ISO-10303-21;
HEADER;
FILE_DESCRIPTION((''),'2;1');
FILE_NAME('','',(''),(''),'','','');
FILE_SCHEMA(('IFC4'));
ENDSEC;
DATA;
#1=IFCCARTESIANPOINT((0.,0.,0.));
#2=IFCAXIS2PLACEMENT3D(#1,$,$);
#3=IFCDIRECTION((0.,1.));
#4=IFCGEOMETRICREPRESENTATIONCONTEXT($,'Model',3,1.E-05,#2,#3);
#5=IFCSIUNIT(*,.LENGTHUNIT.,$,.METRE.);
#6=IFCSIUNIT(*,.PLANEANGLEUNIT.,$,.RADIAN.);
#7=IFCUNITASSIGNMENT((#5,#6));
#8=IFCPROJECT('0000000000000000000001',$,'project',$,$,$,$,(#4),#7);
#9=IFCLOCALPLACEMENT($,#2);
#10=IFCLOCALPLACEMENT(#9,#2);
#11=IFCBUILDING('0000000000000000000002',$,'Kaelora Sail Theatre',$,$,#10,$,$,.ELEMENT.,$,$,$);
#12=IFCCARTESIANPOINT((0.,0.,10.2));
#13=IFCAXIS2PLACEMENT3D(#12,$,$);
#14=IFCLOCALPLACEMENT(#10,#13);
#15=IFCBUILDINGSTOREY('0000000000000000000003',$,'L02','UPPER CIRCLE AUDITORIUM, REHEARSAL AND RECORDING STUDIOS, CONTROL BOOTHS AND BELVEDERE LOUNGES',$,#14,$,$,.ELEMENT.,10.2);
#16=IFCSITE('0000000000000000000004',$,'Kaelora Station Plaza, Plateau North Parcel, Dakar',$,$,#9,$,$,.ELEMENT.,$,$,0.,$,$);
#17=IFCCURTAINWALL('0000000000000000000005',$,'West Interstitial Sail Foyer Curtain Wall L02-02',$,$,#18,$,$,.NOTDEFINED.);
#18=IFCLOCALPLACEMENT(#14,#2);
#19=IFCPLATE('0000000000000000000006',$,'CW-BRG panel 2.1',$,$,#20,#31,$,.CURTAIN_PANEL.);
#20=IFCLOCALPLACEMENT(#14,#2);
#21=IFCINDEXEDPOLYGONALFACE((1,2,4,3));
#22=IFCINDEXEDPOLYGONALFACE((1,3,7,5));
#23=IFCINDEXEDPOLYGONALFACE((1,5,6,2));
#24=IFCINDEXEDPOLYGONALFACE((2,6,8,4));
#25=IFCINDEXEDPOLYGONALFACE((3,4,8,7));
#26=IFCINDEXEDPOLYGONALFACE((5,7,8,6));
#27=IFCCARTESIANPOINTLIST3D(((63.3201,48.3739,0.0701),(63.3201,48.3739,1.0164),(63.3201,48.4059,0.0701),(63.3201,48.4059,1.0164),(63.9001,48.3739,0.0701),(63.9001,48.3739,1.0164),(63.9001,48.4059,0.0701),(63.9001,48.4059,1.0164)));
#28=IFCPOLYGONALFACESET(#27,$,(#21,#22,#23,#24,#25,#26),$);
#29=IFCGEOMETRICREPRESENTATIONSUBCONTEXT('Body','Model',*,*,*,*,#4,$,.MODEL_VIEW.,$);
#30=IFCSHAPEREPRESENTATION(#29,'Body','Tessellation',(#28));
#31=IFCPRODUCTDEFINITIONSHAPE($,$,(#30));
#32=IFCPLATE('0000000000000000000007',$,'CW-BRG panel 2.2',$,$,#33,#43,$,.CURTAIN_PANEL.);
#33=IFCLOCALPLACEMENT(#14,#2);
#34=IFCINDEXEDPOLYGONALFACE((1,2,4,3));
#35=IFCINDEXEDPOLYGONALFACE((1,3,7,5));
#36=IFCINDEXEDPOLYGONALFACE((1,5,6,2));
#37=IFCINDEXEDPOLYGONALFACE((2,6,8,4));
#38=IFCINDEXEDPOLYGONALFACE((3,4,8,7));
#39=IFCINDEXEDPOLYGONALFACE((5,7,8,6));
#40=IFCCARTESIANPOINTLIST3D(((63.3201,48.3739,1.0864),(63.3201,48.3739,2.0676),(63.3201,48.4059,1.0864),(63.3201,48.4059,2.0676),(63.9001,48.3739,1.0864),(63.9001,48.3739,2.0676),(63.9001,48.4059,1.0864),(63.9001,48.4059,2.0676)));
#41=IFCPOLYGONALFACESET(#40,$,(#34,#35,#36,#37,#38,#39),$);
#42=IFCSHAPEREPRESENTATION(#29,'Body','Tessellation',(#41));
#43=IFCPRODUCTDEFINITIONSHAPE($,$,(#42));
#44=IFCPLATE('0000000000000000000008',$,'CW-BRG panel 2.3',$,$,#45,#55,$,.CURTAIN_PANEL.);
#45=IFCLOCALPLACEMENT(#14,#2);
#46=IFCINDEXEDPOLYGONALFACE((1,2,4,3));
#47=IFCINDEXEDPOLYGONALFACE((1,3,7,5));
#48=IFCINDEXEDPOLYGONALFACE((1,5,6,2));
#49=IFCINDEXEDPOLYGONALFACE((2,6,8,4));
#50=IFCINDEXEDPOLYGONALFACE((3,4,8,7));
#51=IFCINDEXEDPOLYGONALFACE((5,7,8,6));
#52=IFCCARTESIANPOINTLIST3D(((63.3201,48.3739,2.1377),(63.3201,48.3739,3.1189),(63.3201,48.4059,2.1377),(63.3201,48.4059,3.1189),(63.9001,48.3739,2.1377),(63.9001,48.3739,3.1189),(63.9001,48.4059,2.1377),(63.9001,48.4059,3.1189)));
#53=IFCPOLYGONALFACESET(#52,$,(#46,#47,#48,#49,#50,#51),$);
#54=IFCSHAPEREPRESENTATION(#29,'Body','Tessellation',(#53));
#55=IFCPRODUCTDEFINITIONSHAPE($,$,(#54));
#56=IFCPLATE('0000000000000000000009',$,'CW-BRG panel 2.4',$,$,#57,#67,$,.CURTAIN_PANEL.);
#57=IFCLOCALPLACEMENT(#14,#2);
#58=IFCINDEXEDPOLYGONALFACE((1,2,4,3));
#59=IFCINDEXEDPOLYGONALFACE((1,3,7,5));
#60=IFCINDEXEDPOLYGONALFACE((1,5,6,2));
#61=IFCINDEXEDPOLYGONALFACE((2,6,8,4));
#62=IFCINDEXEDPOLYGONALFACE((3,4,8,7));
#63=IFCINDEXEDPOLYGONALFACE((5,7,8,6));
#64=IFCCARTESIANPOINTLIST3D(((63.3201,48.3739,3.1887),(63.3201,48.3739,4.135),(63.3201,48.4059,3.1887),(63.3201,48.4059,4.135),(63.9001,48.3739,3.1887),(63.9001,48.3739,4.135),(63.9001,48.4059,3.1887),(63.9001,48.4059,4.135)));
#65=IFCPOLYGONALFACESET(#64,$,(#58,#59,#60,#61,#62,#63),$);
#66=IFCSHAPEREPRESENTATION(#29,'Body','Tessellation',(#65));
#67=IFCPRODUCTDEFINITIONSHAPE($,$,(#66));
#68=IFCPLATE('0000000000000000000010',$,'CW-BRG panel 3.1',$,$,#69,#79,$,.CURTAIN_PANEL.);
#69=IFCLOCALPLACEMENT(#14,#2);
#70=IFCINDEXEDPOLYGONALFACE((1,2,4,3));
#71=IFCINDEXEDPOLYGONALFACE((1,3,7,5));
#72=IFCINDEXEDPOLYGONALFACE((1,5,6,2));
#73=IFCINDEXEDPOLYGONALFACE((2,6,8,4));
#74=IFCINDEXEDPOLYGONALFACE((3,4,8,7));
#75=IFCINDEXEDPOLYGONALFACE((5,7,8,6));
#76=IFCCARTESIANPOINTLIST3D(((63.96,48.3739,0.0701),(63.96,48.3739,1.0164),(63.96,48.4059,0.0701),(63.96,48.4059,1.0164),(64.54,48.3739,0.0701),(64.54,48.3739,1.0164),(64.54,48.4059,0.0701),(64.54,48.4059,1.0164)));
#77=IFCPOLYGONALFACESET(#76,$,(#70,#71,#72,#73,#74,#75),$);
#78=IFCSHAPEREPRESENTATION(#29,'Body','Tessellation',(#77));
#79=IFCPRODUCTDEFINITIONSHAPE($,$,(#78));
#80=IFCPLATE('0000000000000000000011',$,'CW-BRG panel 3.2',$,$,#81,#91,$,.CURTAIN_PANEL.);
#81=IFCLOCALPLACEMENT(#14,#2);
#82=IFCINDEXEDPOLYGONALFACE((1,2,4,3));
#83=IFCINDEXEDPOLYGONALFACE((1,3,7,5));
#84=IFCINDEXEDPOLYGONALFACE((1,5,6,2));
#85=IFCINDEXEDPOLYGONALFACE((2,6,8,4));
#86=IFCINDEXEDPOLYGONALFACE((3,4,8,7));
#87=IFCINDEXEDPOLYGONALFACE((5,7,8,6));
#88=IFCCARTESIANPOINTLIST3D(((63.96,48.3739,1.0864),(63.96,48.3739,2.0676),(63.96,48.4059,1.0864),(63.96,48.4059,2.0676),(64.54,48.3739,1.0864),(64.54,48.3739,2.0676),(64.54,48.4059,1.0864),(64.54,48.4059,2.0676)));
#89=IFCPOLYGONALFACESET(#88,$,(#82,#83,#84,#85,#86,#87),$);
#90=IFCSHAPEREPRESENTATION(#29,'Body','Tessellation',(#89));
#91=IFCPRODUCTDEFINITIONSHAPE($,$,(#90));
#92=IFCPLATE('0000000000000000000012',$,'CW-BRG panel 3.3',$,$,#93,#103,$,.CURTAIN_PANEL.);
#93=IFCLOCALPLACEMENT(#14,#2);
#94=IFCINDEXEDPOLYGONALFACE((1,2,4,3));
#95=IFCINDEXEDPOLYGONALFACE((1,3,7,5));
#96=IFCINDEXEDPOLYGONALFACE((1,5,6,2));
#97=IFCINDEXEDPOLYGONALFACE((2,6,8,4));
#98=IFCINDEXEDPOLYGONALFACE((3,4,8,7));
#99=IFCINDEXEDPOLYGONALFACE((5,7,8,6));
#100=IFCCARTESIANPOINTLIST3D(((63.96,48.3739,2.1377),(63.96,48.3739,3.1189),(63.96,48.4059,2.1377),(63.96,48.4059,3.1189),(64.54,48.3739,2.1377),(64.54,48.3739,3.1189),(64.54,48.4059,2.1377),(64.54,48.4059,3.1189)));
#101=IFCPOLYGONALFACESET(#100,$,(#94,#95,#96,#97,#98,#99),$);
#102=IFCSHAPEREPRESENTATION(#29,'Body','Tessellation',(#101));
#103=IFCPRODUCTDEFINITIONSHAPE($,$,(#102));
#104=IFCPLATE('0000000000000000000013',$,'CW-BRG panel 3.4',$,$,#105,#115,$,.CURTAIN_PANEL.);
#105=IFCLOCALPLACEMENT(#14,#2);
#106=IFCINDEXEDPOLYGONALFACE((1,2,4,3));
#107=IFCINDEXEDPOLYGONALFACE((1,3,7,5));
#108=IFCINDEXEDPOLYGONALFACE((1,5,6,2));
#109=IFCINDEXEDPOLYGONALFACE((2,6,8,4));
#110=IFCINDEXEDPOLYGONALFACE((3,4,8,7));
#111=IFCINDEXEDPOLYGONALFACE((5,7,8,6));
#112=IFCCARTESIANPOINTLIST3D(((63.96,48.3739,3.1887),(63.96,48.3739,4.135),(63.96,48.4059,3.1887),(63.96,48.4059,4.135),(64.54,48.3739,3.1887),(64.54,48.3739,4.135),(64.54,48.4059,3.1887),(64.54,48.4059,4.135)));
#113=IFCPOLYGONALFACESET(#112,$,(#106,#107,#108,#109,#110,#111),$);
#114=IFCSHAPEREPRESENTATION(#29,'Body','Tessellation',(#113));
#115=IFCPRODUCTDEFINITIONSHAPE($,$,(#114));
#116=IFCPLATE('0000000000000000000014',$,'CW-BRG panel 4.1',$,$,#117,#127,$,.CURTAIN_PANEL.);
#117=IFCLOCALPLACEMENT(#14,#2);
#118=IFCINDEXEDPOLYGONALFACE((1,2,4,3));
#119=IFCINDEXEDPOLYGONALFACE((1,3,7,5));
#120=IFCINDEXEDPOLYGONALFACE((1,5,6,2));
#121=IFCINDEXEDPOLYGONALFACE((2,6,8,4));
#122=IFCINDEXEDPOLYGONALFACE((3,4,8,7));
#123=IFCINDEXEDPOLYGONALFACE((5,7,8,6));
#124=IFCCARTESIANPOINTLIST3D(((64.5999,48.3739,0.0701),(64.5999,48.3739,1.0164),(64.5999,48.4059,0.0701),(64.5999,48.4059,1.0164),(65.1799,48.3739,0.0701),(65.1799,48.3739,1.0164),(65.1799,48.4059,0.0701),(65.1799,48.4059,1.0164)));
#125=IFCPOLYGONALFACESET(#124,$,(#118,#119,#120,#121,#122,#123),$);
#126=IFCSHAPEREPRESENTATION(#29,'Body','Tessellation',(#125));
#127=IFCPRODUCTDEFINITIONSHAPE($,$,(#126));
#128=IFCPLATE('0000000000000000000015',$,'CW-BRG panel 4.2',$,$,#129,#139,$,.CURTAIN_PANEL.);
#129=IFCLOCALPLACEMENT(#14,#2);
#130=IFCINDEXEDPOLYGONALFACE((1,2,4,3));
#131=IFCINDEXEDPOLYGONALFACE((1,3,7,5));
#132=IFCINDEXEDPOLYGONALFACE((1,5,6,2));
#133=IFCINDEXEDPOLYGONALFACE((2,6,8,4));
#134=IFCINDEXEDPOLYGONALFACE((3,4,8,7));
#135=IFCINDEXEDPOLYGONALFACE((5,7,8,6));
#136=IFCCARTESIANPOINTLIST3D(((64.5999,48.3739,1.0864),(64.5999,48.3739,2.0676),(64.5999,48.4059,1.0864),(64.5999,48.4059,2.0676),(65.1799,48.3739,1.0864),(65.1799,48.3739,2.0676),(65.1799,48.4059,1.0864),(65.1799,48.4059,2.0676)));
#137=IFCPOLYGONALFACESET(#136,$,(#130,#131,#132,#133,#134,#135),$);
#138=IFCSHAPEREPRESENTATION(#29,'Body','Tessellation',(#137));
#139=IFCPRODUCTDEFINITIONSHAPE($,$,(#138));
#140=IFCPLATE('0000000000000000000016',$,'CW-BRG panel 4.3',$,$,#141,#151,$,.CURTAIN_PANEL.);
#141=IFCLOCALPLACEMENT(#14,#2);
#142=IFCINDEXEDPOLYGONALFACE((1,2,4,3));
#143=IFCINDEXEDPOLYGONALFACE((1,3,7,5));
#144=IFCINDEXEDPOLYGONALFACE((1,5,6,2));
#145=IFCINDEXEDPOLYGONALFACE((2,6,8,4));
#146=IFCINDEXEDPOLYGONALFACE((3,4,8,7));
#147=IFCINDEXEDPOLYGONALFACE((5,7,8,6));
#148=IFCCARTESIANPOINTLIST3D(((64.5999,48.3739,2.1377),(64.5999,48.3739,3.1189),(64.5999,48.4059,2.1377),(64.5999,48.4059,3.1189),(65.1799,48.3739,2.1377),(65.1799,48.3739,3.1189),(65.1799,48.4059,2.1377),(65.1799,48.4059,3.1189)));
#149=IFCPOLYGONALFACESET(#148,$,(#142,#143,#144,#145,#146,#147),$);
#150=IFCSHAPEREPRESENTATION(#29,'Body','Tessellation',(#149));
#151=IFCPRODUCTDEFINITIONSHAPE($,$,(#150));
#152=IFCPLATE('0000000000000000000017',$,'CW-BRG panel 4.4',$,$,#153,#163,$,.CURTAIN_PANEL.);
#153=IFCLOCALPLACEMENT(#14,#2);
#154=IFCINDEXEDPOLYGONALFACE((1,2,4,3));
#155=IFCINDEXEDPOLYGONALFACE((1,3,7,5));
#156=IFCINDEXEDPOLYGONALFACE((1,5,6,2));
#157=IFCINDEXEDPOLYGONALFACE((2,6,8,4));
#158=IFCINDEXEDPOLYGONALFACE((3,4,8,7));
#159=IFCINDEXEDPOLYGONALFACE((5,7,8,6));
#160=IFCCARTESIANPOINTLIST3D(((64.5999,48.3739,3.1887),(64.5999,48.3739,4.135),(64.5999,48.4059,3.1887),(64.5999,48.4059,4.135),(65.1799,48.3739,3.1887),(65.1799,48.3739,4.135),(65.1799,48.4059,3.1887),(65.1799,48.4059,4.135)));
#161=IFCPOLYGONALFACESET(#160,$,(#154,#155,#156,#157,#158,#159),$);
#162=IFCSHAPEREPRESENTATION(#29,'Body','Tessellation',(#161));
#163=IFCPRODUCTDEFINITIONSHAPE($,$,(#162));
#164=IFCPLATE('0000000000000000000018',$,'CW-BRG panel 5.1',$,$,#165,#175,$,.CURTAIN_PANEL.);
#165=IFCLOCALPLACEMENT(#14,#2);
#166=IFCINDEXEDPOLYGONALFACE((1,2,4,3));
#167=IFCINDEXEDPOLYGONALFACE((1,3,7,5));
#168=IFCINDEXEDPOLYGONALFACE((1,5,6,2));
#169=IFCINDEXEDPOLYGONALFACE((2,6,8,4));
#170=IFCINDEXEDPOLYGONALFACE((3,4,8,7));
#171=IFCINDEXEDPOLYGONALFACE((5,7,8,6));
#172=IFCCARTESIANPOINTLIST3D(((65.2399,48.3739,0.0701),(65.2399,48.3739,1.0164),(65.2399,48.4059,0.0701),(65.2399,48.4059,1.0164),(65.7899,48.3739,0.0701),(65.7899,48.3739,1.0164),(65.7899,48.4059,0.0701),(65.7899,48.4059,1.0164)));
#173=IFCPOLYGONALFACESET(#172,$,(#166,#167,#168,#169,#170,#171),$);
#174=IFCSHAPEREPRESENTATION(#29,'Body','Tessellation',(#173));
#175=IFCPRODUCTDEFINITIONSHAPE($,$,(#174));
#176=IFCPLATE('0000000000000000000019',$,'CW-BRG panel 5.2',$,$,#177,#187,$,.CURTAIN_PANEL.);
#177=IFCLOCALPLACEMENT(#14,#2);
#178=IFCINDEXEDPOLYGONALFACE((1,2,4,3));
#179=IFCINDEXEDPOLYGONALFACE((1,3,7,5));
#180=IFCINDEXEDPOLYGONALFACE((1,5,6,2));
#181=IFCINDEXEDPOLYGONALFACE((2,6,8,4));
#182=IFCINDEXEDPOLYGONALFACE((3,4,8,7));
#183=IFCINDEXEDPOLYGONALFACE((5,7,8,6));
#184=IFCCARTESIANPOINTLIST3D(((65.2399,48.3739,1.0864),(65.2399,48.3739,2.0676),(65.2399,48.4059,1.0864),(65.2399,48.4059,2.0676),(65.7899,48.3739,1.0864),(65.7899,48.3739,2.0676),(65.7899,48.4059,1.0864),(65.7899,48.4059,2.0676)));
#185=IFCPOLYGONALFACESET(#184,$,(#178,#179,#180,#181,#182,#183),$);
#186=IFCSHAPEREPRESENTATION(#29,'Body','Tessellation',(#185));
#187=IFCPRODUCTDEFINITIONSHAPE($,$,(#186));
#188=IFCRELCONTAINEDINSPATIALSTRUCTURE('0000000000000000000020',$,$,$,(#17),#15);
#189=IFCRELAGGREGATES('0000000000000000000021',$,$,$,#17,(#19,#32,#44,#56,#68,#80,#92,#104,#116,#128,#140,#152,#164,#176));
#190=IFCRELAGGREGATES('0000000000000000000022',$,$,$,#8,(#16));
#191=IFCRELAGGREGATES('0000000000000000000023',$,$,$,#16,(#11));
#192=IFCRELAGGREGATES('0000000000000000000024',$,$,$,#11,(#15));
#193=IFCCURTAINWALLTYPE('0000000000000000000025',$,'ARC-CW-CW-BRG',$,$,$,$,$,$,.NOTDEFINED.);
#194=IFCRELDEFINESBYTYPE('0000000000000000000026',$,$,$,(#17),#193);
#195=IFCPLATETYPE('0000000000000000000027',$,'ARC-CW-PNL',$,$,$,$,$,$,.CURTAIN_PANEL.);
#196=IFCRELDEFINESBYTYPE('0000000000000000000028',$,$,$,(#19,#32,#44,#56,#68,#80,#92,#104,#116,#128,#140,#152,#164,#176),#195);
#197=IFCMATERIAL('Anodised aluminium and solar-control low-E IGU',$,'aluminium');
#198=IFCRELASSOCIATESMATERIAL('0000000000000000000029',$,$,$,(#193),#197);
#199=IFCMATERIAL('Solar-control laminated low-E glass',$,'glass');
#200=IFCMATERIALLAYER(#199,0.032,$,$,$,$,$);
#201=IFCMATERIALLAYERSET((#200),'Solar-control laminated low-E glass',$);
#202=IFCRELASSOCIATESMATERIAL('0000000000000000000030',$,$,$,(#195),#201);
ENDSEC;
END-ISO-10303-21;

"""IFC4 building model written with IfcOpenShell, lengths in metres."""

from ifc_helpers import new_model, si_unit, direction, frame, origin, origin_2d, place, context, subcontext, project, spatial, rectangle, extrude, material, layer, layer_set, type_object, element, aggregate, save


model = new_model("IFC4")

# Units and contexts
model_context = context("Model", 3, precision=1e-05, world=origin(), true_north=direction((0.0, 1.0)))
body_context = subcontext(model_context, "Body", "Model", "MODEL_VIEW")
ifc_project = project(units=[si_unit("LENGTHUNIT", "METRE"), si_unit("PLANEANGLEUNIT", "RADIAN")], contexts=[model_context])

# Site, building, storey
site_placement = place(None, origin())
site = spatial("IfcSite", under=ifc_project, at=site_placement, Name="Kaelora Station Plaza, Plateau North Parcel, Dakar", CompositionType="ELEMENT", RefElevation=0.0)
building_placement = place(site_placement, origin())
building = spatial("IfcBuilding", under=site, at=building_placement, Name="Kaelora Sail Theatre", CompositionType="ELEMENT")
storey_placement = place(building_placement, frame((0.0, 0.0, 10.2)))
storey = spatial("IfcBuildingStorey", under=building, at=storey_placement, Name="L02", Description="UPPER CIRCLE AUDITORIUM, REHEARSAL AND RECORDING STUDIOS, CONTROL BOOTHS AND BELVEDERE LOUNGES", CompositionType="ELEMENT", Elevation=10.2)

# Curtain wall
ifc_material_1 = material(Name="Anodised aluminium and solar-control low-E IGU", Category="aluminium")
curtain_wall_type = type_object("IfcCurtainWallType", Name="ARC-CW-CW-BRG", PredefinedType="NOTDEFINED", material=ifc_material_1)
curtain_wall_placement = place(storey_placement, origin())
curtain_wall = element("IfcCurtainWall", 1, at=curtain_wall_placement, inside=storey, type_object=curtain_wall_type, Name="West Interstitial Sail Foyer Curtain Wall L02-02", PredefinedType="NOTDEFINED")

# Plates
ifc_material_2 = material(Name="Solar-control laminated low-E glass", Category="glass")
ifc_layer = layer(ifc_material_2, 0.032)
ifc_layer_set = layer_set([ifc_layer], Name="Solar-control laminated low-E glass")
plate_type = type_object("IfcPlateType", Name="ARC-CW-PNL", PredefinedType="CURTAIN_PANEL", material=ifc_layer_set)
plate_1_placement = place(storey_placement, frame((63.6101, 48.3899, 0.0701), z_axis=(0.0, 0.0, 1.0), x_axis=(1.0, 0.0, 0.0)))
plate_1 = element("IfcPlate", 2, at=plate_1_placement, type_object=plate_type, Name="CW-BRG panel 2.1", PredefinedType="CURTAIN_PANEL", context=body_context, shape_type="SweptSolid", body=[
    extrude(rectangle(XDim=0.5801, YDim=0.032, at=origin_2d()), origin(), (0.0, 0.0, 1.0), 0.9463),
])
plate_2_placement = place(storey_placement, frame((63.6101, 48.3899, 1.0864), z_axis=(0.0, 0.0, 1.0), x_axis=(1.0, 0.0, 0.0)))
plate_2 = element("IfcPlate", 3, at=plate_2_placement, type_object=plate_type, Name="CW-BRG panel 2.2", PredefinedType="CURTAIN_PANEL", context=body_context, shape_type="SweptSolid", body=[
    extrude(rectangle(XDim=0.5801, YDim=0.032, at=origin_2d()), origin(), (0.0, 0.0, 1.0), 0.9812),
])
plate_3_placement = place(storey_placement, frame((63.6101, 48.3899, 2.1377), z_axis=(0.0, 0.0, 1.0), x_axis=(1.0, 0.0, 0.0)))
plate_3 = element("IfcPlate", 4, at=plate_3_placement, type_object=plate_type, Name="CW-BRG panel 2.3", PredefinedType="CURTAIN_PANEL", context=body_context, shape_type="SweptSolid", body=[
    extrude(rectangle(XDim=0.5801, YDim=0.032, at=origin_2d()), origin(), (0.0, 0.0, 1.0), 0.9812),
])
plate_4_placement = place(storey_placement, frame((63.6101, 48.3899, 3.1887), z_axis=(0.0, 0.0, 1.0), x_axis=(1.0, 0.0, 0.0)))
plate_4 = element("IfcPlate", 5, at=plate_4_placement, type_object=plate_type, Name="CW-BRG panel 2.4", PredefinedType="CURTAIN_PANEL", context=body_context, shape_type="SweptSolid", body=[
    extrude(rectangle(XDim=0.5801, YDim=0.032, at=origin_2d()), origin(), (0.0, 0.0, 1.0), 0.9463),
])
plate_5_placement = place(storey_placement, frame((64.25, 48.3899, 0.0701), z_axis=(0.0, 0.0, 1.0), x_axis=(1.0, 0.0, 0.0)))
plate_5 = element("IfcPlate", 6, at=plate_5_placement, type_object=plate_type, Name="CW-BRG panel 3.1", PredefinedType="CURTAIN_PANEL", context=body_context, shape_type="SweptSolid", body=[
    extrude(rectangle(XDim=0.5801, YDim=0.032, at=origin_2d()), origin(), (0.0, 0.0, 1.0), 0.9463),
])
plate_6_placement = place(storey_placement, frame((64.25, 48.3899, 1.0864), z_axis=(0.0, 0.0, 1.0), x_axis=(1.0, 0.0, 0.0)))
plate_6 = element("IfcPlate", 7, at=plate_6_placement, type_object=plate_type, Name="CW-BRG panel 3.2", PredefinedType="CURTAIN_PANEL", context=body_context, shape_type="SweptSolid", body=[
    extrude(rectangle(XDim=0.5801, YDim=0.032, at=origin_2d()), origin(), (0.0, 0.0, 1.0), 0.9812),
])
plate_7_placement = place(storey_placement, frame((64.25, 48.3899, 2.1377), z_axis=(0.0, 0.0, 1.0), x_axis=(1.0, 0.0, 0.0)))
plate_7 = element("IfcPlate", 8, at=plate_7_placement, type_object=plate_type, Name="CW-BRG panel 3.3", PredefinedType="CURTAIN_PANEL", context=body_context, shape_type="SweptSolid", body=[
    extrude(rectangle(XDim=0.5801, YDim=0.032, at=origin_2d()), origin(), (0.0, 0.0, 1.0), 0.9812),
])
plate_8_placement = place(storey_placement, frame((64.25, 48.3899, 3.1887), z_axis=(0.0, 0.0, 1.0), x_axis=(1.0, 0.0, 0.0)))
plate_8 = element("IfcPlate", 9, at=plate_8_placement, type_object=plate_type, Name="CW-BRG panel 3.4", PredefinedType="CURTAIN_PANEL", context=body_context, shape_type="SweptSolid", body=[
    extrude(rectangle(XDim=0.5801, YDim=0.032, at=origin_2d()), origin(), (0.0, 0.0, 1.0), 0.9463),
])
plate_9_placement = place(storey_placement, frame((64.8899, 48.3899, 0.0701), z_axis=(0.0, 0.0, 1.0), x_axis=(1.0, 0.0, 0.0)))
plate_9 = element("IfcPlate", 10, at=plate_9_placement, type_object=plate_type, Name="CW-BRG panel 4.1", PredefinedType="CURTAIN_PANEL", context=body_context, shape_type="SweptSolid", body=[
    extrude(rectangle(XDim=0.5801, YDim=0.032, at=origin_2d()), origin(), (0.0, 0.0, 1.0), 0.9463),
])
plate_10_placement = place(storey_placement, frame((64.8899, 48.3899, 1.0864), z_axis=(0.0, 0.0, 1.0), x_axis=(1.0, 0.0, 0.0)))
plate_10 = element("IfcPlate", 11, at=plate_10_placement, type_object=plate_type, Name="CW-BRG panel 4.2", PredefinedType="CURTAIN_PANEL", context=body_context, shape_type="SweptSolid", body=[
    extrude(rectangle(XDim=0.5801, YDim=0.032, at=origin_2d()), origin(), (0.0, 0.0, 1.0), 0.9812),
])
plate_11_placement = place(storey_placement, frame((64.8899, 48.3899, 2.1377), z_axis=(0.0, 0.0, 1.0), x_axis=(1.0, 0.0, 0.0)))
plate_11 = element("IfcPlate", 12, at=plate_11_placement, type_object=plate_type, Name="CW-BRG panel 4.3", PredefinedType="CURTAIN_PANEL", context=body_context, shape_type="SweptSolid", body=[
    extrude(rectangle(XDim=0.5801, YDim=0.032, at=origin_2d()), origin(), (0.0, 0.0, 1.0), 0.9812),
])
plate_12_placement = place(storey_placement, frame((64.8899, 48.3899, 3.1887), z_axis=(0.0, 0.0, 1.0), x_axis=(1.0, 0.0, 0.0)))
plate_12 = element("IfcPlate", 13, at=plate_12_placement, type_object=plate_type, Name="CW-BRG panel 4.4", PredefinedType="CURTAIN_PANEL", context=body_context, shape_type="SweptSolid", body=[
    extrude(rectangle(XDim=0.5801, YDim=0.032, at=origin_2d()), origin(), (0.0, 0.0, 1.0), 0.9463),
])
plate_13_placement = place(storey_placement, frame((65.5149, 48.3899, 0.0701), z_axis=(0.0, 0.0, 1.0), x_axis=(1.0, 0.0, 0.0)))
plate_13 = element("IfcPlate", 14, at=plate_13_placement, type_object=plate_type, Name="CW-BRG panel 5.1", PredefinedType="CURTAIN_PANEL", context=body_context, shape_type="SweptSolid", body=[
    extrude(rectangle(XDim=0.55, YDim=0.032, at=origin_2d()), origin(), (0.0, 0.0, 1.0), 0.9463),
])
plate_14_placement = place(storey_placement, frame((65.5149, 48.3899, 1.0864), z_axis=(0.0, 0.0, 1.0), x_axis=(1.0, 0.0, 0.0)))
plate_14 = element("IfcPlate", 15, at=plate_14_placement, type_object=plate_type, Name="CW-BRG panel 5.2", PredefinedType="CURTAIN_PANEL", context=body_context, shape_type="SweptSolid", body=[
    extrude(rectangle(XDim=0.55, YDim=0.032, at=origin_2d()), origin(), (0.0, 0.0, 1.0), 0.9812),
])
aggregate(curtain_wall, [plate_1, plate_2, plate_3, plate_4, plate_5, plate_6, plate_7, plate_8, plate_9, plate_10, plate_11, plate_12, plate_13, plate_14])

save(model, "model.ifc")
